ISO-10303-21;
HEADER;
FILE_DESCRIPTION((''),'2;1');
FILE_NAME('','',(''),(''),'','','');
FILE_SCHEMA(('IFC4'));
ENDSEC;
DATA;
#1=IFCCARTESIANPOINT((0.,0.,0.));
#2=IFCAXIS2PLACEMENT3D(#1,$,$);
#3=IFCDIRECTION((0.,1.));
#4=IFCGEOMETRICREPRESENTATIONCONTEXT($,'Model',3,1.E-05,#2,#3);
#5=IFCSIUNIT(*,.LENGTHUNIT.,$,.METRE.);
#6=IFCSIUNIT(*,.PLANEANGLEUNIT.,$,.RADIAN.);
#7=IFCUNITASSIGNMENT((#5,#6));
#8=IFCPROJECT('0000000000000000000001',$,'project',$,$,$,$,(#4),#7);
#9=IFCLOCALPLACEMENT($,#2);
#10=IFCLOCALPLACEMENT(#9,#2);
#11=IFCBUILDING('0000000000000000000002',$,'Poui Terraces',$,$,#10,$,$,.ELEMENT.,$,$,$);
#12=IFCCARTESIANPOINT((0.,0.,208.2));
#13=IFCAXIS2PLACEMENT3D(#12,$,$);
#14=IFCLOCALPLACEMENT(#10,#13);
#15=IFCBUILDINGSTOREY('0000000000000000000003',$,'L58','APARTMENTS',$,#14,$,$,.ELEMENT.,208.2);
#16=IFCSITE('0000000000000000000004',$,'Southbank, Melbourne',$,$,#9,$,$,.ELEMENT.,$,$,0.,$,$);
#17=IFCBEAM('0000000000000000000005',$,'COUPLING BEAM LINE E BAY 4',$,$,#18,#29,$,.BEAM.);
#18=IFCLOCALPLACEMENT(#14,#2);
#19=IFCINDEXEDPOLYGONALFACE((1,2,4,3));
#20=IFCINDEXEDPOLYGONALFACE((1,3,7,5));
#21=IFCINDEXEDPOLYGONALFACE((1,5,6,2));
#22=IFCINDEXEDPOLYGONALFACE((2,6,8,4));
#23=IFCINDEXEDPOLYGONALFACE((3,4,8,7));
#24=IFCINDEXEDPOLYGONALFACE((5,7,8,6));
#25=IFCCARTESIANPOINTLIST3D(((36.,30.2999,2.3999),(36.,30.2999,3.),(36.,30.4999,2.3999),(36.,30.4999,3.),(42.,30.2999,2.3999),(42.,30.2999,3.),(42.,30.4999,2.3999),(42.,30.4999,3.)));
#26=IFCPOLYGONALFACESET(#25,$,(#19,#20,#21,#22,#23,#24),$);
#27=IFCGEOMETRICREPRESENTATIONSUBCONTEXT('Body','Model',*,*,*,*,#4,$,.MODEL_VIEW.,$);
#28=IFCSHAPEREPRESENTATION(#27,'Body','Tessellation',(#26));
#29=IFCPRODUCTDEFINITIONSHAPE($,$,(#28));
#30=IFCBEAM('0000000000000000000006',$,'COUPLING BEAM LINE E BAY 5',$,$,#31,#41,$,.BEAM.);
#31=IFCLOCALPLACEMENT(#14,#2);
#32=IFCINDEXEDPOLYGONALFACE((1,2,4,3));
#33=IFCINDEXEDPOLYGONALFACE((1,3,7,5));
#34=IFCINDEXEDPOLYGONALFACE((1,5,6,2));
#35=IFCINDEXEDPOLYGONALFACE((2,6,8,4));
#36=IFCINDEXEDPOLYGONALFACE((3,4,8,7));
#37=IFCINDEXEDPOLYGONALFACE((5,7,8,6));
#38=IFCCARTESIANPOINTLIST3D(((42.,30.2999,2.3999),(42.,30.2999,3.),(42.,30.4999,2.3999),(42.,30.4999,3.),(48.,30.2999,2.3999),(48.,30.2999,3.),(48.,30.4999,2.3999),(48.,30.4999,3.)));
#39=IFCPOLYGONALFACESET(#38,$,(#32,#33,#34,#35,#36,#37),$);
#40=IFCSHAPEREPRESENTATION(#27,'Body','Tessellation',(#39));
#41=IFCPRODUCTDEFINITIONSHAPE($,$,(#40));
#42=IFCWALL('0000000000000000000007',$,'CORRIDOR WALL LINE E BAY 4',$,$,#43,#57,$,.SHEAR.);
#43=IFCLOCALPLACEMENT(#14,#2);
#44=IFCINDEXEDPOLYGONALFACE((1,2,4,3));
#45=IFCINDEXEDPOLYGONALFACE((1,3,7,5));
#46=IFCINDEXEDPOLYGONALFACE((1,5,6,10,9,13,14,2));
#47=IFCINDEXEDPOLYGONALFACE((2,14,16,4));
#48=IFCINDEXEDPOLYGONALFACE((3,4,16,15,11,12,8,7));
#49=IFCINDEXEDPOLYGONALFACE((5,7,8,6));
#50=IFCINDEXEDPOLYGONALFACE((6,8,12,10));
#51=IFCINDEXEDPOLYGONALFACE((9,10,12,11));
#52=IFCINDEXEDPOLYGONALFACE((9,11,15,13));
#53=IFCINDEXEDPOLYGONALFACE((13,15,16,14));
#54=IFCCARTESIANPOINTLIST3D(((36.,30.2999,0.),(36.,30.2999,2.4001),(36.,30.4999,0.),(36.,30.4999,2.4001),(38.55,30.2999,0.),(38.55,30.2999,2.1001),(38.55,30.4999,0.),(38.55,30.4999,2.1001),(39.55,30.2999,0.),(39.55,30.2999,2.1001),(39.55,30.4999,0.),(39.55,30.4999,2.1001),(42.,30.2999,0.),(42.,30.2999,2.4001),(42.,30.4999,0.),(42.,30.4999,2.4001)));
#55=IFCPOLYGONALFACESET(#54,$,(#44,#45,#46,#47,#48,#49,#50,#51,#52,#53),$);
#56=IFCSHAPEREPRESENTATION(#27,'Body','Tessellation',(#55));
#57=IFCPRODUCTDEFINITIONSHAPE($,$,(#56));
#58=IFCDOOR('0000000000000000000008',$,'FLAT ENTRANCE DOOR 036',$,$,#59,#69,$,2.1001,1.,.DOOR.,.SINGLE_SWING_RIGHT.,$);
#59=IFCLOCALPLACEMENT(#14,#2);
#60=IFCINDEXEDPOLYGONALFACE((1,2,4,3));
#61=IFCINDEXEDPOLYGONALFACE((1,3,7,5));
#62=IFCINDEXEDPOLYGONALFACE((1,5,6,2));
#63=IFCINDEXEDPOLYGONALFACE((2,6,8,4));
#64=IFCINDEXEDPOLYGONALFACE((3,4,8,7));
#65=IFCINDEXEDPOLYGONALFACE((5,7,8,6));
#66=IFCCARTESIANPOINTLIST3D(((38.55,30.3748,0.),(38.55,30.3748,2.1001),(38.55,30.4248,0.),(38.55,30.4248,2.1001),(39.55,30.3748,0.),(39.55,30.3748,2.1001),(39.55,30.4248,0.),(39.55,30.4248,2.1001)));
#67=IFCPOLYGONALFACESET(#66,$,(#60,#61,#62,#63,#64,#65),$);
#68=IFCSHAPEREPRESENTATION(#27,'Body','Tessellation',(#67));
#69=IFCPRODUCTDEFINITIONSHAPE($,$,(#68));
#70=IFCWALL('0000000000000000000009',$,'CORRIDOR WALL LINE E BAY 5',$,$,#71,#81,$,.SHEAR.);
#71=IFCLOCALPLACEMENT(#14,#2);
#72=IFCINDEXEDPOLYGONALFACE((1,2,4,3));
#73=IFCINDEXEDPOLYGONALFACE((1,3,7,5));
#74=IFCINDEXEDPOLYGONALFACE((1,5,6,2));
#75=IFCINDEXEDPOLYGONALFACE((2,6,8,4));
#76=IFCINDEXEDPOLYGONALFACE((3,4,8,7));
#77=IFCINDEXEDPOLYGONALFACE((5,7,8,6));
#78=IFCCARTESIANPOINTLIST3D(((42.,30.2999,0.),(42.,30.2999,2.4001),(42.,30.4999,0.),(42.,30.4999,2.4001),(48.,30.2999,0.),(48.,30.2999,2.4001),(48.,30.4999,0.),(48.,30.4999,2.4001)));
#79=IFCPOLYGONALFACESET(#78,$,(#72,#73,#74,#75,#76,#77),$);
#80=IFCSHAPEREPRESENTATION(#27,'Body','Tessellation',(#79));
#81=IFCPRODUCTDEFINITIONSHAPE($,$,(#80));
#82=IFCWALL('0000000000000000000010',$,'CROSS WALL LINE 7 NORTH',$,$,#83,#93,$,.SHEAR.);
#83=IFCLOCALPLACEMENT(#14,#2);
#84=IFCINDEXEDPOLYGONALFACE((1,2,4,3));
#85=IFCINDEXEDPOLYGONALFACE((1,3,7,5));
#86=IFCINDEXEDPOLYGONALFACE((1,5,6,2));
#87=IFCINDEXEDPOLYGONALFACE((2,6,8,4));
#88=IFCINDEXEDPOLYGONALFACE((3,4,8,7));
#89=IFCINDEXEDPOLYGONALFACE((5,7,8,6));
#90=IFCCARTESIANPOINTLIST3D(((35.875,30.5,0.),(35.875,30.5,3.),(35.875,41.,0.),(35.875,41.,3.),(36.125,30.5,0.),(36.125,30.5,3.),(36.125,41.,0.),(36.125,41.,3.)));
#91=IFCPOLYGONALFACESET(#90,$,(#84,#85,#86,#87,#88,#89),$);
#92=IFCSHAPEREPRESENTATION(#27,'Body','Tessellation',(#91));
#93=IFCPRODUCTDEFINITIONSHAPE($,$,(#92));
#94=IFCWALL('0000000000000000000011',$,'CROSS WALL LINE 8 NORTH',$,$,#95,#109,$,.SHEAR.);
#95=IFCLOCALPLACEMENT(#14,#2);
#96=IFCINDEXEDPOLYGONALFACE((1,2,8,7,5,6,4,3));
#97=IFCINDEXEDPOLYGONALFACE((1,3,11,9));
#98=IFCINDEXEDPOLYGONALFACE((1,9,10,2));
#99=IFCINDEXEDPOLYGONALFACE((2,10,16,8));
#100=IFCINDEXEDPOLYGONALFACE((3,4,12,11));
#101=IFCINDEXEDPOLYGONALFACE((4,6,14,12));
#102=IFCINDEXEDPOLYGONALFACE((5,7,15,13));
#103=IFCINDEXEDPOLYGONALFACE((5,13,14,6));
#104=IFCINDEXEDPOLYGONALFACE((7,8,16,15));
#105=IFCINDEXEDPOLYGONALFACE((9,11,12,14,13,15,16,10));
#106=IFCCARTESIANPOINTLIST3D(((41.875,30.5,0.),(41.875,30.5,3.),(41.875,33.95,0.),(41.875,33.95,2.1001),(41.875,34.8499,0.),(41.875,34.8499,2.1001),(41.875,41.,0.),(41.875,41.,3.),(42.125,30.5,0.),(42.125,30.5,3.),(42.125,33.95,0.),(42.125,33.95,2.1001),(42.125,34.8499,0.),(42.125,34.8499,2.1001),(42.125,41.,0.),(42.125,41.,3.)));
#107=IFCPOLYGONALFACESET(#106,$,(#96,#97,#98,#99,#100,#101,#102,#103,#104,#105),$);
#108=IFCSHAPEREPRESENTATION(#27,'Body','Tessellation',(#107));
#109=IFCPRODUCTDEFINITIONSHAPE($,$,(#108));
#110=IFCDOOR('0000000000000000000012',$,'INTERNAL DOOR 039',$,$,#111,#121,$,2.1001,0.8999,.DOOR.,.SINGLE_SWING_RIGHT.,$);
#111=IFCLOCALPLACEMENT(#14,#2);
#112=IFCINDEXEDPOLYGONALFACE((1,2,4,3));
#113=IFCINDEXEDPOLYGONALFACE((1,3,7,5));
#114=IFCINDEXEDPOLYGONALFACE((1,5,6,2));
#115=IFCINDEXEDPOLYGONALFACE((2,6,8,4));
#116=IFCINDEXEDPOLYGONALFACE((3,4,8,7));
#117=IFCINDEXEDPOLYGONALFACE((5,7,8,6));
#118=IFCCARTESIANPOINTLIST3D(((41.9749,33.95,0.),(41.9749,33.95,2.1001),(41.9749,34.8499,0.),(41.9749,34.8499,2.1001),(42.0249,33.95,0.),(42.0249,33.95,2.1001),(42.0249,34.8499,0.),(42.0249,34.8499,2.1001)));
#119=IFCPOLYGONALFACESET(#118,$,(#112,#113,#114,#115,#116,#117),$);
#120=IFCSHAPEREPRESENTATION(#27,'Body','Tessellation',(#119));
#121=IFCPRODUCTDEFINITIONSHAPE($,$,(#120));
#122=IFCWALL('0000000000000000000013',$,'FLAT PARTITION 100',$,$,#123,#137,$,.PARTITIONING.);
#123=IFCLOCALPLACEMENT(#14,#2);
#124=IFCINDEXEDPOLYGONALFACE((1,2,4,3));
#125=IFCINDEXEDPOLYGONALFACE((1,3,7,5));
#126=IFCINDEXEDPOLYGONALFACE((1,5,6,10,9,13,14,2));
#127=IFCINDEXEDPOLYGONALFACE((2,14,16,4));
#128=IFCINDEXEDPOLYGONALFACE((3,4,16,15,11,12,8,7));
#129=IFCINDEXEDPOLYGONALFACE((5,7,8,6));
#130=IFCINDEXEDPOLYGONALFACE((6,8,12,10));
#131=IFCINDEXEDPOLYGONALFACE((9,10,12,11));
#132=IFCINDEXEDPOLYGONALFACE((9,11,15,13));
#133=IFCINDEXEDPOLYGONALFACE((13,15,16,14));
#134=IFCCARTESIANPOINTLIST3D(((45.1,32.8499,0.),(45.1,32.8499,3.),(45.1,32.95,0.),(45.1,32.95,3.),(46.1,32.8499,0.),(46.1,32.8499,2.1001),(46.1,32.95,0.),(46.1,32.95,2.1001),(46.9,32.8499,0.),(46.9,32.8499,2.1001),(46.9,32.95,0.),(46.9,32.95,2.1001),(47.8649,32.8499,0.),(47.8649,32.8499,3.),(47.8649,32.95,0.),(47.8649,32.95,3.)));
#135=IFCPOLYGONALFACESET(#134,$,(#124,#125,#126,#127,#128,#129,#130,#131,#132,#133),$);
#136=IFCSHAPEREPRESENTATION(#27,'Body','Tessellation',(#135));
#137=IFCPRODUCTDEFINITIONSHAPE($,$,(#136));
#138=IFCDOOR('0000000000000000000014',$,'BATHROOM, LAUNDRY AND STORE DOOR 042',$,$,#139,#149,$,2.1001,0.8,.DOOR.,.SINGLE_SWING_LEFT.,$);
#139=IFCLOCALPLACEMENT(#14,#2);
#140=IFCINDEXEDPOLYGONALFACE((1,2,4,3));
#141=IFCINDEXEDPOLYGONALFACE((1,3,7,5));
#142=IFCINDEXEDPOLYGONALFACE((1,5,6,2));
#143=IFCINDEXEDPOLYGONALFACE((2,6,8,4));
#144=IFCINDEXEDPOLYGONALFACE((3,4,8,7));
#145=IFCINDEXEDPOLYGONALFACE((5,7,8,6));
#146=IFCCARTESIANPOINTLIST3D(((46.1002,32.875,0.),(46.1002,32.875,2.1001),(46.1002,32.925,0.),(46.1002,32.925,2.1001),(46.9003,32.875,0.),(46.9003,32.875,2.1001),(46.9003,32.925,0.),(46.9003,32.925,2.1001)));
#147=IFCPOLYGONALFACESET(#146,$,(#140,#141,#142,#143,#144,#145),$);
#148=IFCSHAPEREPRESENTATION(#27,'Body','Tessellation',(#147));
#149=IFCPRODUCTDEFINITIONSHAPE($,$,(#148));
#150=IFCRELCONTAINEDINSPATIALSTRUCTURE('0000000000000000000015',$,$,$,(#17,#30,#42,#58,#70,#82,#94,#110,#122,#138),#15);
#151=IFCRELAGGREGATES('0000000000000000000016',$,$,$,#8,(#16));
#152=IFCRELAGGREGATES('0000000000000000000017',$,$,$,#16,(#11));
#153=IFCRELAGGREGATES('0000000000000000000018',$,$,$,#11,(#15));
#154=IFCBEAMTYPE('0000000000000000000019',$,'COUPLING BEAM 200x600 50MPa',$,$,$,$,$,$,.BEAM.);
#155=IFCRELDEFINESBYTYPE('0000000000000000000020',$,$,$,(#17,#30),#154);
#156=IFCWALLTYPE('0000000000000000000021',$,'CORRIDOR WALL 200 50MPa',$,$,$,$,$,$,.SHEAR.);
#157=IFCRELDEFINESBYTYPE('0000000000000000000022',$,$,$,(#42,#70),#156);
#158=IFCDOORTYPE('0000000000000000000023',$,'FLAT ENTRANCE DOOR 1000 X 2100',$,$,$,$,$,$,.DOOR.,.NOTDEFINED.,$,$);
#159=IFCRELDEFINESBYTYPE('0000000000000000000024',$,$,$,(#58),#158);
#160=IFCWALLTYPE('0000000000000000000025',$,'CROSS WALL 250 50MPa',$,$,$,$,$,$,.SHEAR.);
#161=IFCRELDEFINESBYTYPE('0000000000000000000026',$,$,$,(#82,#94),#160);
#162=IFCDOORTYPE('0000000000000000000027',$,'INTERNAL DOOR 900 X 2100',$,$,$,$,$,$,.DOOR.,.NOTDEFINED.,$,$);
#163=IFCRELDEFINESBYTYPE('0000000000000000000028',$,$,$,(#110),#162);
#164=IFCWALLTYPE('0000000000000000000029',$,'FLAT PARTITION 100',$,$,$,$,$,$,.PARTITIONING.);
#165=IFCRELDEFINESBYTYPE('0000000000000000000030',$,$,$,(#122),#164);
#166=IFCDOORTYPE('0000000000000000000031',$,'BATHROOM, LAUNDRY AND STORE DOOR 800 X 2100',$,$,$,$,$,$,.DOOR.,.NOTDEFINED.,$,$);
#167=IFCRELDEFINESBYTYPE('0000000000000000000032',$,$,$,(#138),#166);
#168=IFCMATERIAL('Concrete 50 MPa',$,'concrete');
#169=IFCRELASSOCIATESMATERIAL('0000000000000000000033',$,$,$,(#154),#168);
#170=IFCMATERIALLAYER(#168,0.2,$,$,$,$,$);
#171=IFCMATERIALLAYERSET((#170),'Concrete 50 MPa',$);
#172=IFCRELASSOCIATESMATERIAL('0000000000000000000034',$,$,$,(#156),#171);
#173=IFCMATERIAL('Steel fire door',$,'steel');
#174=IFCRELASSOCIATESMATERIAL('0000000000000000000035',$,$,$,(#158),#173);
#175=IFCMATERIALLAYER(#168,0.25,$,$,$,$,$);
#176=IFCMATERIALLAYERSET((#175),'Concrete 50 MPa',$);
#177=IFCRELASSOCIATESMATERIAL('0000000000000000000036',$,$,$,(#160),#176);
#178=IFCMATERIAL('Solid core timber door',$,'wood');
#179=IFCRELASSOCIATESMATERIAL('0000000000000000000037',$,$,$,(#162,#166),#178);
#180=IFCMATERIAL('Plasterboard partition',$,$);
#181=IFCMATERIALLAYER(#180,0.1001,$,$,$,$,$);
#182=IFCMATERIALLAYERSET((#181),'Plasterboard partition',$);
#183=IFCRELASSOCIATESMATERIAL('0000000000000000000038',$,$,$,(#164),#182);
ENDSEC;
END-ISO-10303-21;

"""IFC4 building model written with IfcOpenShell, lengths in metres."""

from ifc_helpers import new_model, si_unit, direction, frame, frame_2d, origin, origin_2d, place, context, subcontext, project, spatial, rectangle, extrude, source, transform, mapped, material, layer, layer_set, material_profile, profile_set, type_object, element, fill, save


model = new_model("IFC4")

# Units and contexts
model_context = context("Model", 3, precision=1e-05, world=origin(), true_north=direction((0.0, 1.0)))
body_context = subcontext(model_context, "Body", "Model", "MODEL_VIEW")
ifc_project = project(units=[si_unit("LENGTHUNIT", "METRE"), si_unit("PLANEANGLEUNIT", "RADIAN")], contexts=[model_context])

# Site, building, storey
site_placement = place(None, origin())
site = spatial("IfcSite", under=ifc_project, at=site_placement, Name="Southbank, Melbourne", CompositionType="ELEMENT", RefElevation=0.0)
building_placement = place(site_placement, origin())
building = spatial("IfcBuilding", under=site, at=building_placement, Name="Poui Terraces", CompositionType="ELEMENT")
storey_placement = place(building_placement, frame((0.0, 0.0, 208.2)))
storey = spatial("IfcBuildingStorey", under=building, at=storey_placement, Name="L58", Description="APARTMENTS", CompositionType="ELEMENT", Elevation=208.2)

# Beams
ifc_material_1 = material(Name="Concrete 50 MPa", Category="concrete")
ifc_material_profile_1 = material_profile(ifc_material_1, rectangle(XDim=0.2, YDim=0.6001, at=origin_2d()), Name="RC 200x600")
ifc_profile_set_1 = profile_set([ifc_material_profile_1], Name="Concrete 50 MPa")
beam_type = type_object("IfcBeamType", Name="COUPLING BEAM 200x600 50MPa", PredefinedType="BEAM", material=ifc_profile_set_1)
shared_shape_1 = source(origin(), body_context, "Body", "SweptSolid", [
    extrude(rectangle(XDim=0.2, YDim=0.6001, at=origin_2d()), origin(), (0.0, 0.0, 1.0), 6.0),
])
for number, where, z_axis, x_axis, name in (
    (1, (36.0, 30.3999, 2.7), (1.0, 0.0, 0.0), (0.0, 1.0, 0.0), "COUPLING BEAM LINE E BAY 4"),
    (2, (42.0, 30.3999, 2.7), (1.0, 0.0, 0.0), (0.0, 1.0, 0.0), "COUPLING BEAM LINE E BAY 5"),
):
    element("IfcBeam", number, at=place(storey_placement, frame(where, z_axis=z_axis, x_axis=x_axis)), inside=storey, type_object=beam_type, Name=name, PredefinedType="BEAM", context=body_context, shape_type="MappedRepresentation", body=[
        mapped(shared_shape_1, transform((0.0, 0.0, 0.0))),
    ])

# Wall, opening, door
ifc_layer_1 = layer(ifc_material_1, 0.2)
ifc_layer_set_1 = layer_set([ifc_layer_1], Name="Concrete 50 MPa")
wall_type_1 = type_object("IfcWallType", Name="CORRIDOR WALL 200 50MPa", PredefinedType="SHEAR", material=ifc_layer_set_1)
wall_1_placement = place(storey_placement, frame((36.0, 30.3999, 0.0), z_axis=(0.0, 0.0, 1.0), x_axis=(1.0, 0.0, 0.0)))
wall_1 = element("IfcWall", 3, at=wall_1_placement, inside=storey, type_object=wall_type_1, Name="CORRIDOR WALL LINE E BAY 4", PredefinedType="SHEAR", context=body_context, shape_type="SweptSolid", body=[
    extrude(rectangle(XDim=6.0, YDim=0.2, at=frame_2d((3.0, 0.0))), origin(), (0.0, 0.0, 1.0), 2.4001),
])
opening_1_placement = place(wall_1_placement, frame((2.55, 0.0, 0.0)))
opening_1 = element("IfcOpeningElement", 4, at=opening_1_placement, cuts=wall_1, PredefinedType="OPENING", context=body_context, shape_type="SweptSolid", body=[
    extrude(rectangle(XDim=1.0, YDim=2.1001, at=frame_2d((0.5, 1.05))), frame((0.0, 0.1099, 0.0), z_axis=(0.0, -1.0, 0.0), x_axis=(1.0, 0.0, 0.0)), (0.0, 0.0, 1.0), 0.22),
])
ifc_material_2 = material(Name="Steel fire door", Category="steel")
door_type_1 = type_object("IfcDoorType", Name="FLAT ENTRANCE DOOR 1000 X 2100", OperationType="NOTDEFINED", PredefinedType="DOOR", material=ifc_material_2)
door_1_placement = place(opening_1_placement, origin())
door_1 = element("IfcDoor", 5, at=door_1_placement, inside=storey, type_object=door_type_1, Name="FLAT ENTRANCE DOOR 036", OperationType="SINGLE_SWING_RIGHT", OverallHeight=2.1001, OverallWidth=1.0, PredefinedType="DOOR", context=body_context, shape_type="SweptSolid", body=[
    extrude(rectangle(XDim=1.0, YDim=2.1001, at=frame_2d((0.5, 1.05))), frame((0.0, 0.0249, 0.0), z_axis=(0.0, -1.0, 0.0), x_axis=(1.0, 0.0, 0.0)), (0.0, 0.0, 1.0), 0.05),
])
fill(opening_1, door_1)

# Walls
wall_2_placement = place(storey_placement, frame((42.0, 30.3999, 0.0), z_axis=(0.0, 0.0, 1.0), x_axis=(1.0, 0.0, 0.0)))
element("IfcWall", 6, at=wall_2_placement, inside=storey, type_object=wall_type_1, Name="CORRIDOR WALL LINE E BAY 5", PredefinedType="SHEAR", context=body_context, shape_type="SweptSolid", body=[
    extrude(rectangle(XDim=6.0, YDim=0.2, at=frame_2d((3.0, 0.0))), origin(), (0.0, 0.0, 1.0), 2.4001),
])
ifc_layer_2 = layer(ifc_material_1, 0.25)
ifc_layer_set_2 = layer_set([ifc_layer_2], Name="Concrete 50 MPa")
wall_type_2 = type_object("IfcWallType", Name="CROSS WALL 250 50MPa", PredefinedType="SHEAR", material=ifc_layer_set_2)
wall_3_placement = place(storey_placement, frame((36.0, 30.5, 0.0), z_axis=(0.0, 0.0, 1.0), x_axis=(0.0, 1.0, 0.0)))
element("IfcWall", 7, at=wall_3_placement, inside=storey, type_object=wall_type_2, Name="CROSS WALL LINE 7 NORTH", PredefinedType="SHEAR", context=body_context, shape_type="SweptSolid", body=[
    extrude(rectangle(XDim=10.5, YDim=0.25, at=frame_2d((5.25, 0.0))), origin(), (0.0, 0.0, 1.0), 3.0),
])

# Walls, openings, doors
wall_4_placement = place(storey_placement, frame((42.0, 30.5, 0.0), z_axis=(0.0, 0.0, 1.0), x_axis=(0.0, 1.0, 0.0)))
wall_4 = element("IfcWall", 8, at=wall_4_placement, inside=storey, type_object=wall_type_2, Name="CROSS WALL LINE 8 NORTH", PredefinedType="SHEAR", context=body_context, shape_type="SweptSolid", body=[
    extrude(rectangle(XDim=10.5, YDim=0.25, at=frame_2d((5.25, 0.0))), origin(), (0.0, 0.0, 1.0), 3.0),
])
opening_2_placement = place(wall_4_placement, frame((3.45, 0.0, 0.0)))
opening_2 = element("IfcOpeningElement", 9, at=opening_2_placement, cuts=wall_4, PredefinedType="OPENING", context=body_context, shape_type="SweptSolid", body=[
    extrude(rectangle(XDim=0.8999, YDim=2.1001, at=frame_2d((0.45, 1.05))), frame((0.0, 0.135, 0.0), z_axis=(0.0, -1.0, 0.0), x_axis=(1.0, 0.0, 0.0)), (0.0, 0.0, 1.0), 0.27),
])
ifc_material_3 = material(Name="Solid core timber door", Category="wood")
door_type_2 = type_object("IfcDoorType", Name="INTERNAL DOOR 900 X 2100", OperationType="NOTDEFINED", PredefinedType="DOOR", material=ifc_material_3)
door_2_placement = place(opening_2_placement, frame((0.8999, 0.0, 0.0), z_axis=(0.0, 0.0, 1.0), x_axis=(-1.0, 0.0, 0.0)))
door_2 = element("IfcDoor", 10, at=door_2_placement, inside=storey, type_object=door_type_2, Name="INTERNAL DOOR 039", OperationType="SINGLE_SWING_RIGHT", OverallHeight=2.1001, OverallWidth=0.8999, PredefinedType="DOOR", context=body_context, shape_type="SweptSolid", body=[
    extrude(rectangle(XDim=0.8999, YDim=2.1001, at=frame_2d((0.45, 1.05))), frame((0.0, 0.0249, 0.0), z_axis=(0.0, -1.0, 0.0), x_axis=(1.0, 0.0, 0.0)), (0.0, 0.0, 1.0), 0.05),
])
fill(opening_2, door_2)
ifc_material_4 = material(Name="Plasterboard partition")
ifc_layer_3 = layer(ifc_material_4, 0.1001)
ifc_layer_set_3 = layer_set([ifc_layer_3], Name="Plasterboard partition")
wall_type_3 = type_object("IfcWallType", Name="FLAT PARTITION 100", PredefinedType="PARTITIONING", material=ifc_layer_set_3)
wall_5_placement = place(storey_placement, frame((45.1001, 32.8999, 0.0), z_axis=(0.0, 0.0, 1.0), x_axis=(1.0, 0.0, 0.0)))
wall_5 = element("IfcWall", 11, at=wall_5_placement, inside=storey, type_object=wall_type_3, Name="FLAT PARTITION 100", PredefinedType="PARTITIONING", context=body_context, shape_type="SweptSolid", body=[
    extrude(rectangle(XDim=2.7649, YDim=0.1001, at=frame_2d((1.3823, 0.0))), origin(), (0.0, 0.0, 1.0), 3.0),
])
opening_3_placement = place(wall_5_placement, frame((1.0, 0.0, 0.0)))
opening_3 = element("IfcOpeningElement", 12, at=opening_3_placement, cuts=wall_5, PredefinedType="OPENING", context=body_context, shape_type="SweptSolid", body=[
    extrude(rectangle(XDim=0.8, YDim=2.1001, at=frame_2d((0.3999, 1.05))), frame((0.0, 0.0601, 0.0), z_axis=(0.0, -1.0, 0.0), x_axis=(1.0, 0.0, 0.0)), (0.0, 0.0, 1.0), 0.1201),
])
door_type_3 = type_object("IfcDoorType", Name="BATHROOM, LAUNDRY AND STORE DOOR 800 X 2100", OperationType="NOTDEFINED", PredefinedType="DOOR", material=ifc_material_3)
door_3_placement = place(opening_3_placement, frame((0.8, 0.0, 0.0), z_axis=(0.0, 0.0, 1.0), x_axis=(-1.0, 0.0, 0.0)))
door_3 = element("IfcDoor", 13, at=door_3_placement, inside=storey, type_object=door_type_3, Name="BATHROOM, LAUNDRY AND STORE DOOR 042", OperationType="SINGLE_SWING_LEFT", OverallHeight=2.1001, OverallWidth=0.8, PredefinedType="DOOR", context=body_context, shape_type="SweptSolid", body=[
    extrude(rectangle(XDim=0.8, YDim=2.1001, at=frame_2d((0.3999, 1.05))), frame((0.0, 0.0249, 0.0), z_axis=(0.0, -1.0, 0.0), x_axis=(1.0, 0.0, 0.0)), (0.0, 0.0, 1.0), 0.05),
])
fill(opening_3, door_3)

save(model, "model.ifc")
